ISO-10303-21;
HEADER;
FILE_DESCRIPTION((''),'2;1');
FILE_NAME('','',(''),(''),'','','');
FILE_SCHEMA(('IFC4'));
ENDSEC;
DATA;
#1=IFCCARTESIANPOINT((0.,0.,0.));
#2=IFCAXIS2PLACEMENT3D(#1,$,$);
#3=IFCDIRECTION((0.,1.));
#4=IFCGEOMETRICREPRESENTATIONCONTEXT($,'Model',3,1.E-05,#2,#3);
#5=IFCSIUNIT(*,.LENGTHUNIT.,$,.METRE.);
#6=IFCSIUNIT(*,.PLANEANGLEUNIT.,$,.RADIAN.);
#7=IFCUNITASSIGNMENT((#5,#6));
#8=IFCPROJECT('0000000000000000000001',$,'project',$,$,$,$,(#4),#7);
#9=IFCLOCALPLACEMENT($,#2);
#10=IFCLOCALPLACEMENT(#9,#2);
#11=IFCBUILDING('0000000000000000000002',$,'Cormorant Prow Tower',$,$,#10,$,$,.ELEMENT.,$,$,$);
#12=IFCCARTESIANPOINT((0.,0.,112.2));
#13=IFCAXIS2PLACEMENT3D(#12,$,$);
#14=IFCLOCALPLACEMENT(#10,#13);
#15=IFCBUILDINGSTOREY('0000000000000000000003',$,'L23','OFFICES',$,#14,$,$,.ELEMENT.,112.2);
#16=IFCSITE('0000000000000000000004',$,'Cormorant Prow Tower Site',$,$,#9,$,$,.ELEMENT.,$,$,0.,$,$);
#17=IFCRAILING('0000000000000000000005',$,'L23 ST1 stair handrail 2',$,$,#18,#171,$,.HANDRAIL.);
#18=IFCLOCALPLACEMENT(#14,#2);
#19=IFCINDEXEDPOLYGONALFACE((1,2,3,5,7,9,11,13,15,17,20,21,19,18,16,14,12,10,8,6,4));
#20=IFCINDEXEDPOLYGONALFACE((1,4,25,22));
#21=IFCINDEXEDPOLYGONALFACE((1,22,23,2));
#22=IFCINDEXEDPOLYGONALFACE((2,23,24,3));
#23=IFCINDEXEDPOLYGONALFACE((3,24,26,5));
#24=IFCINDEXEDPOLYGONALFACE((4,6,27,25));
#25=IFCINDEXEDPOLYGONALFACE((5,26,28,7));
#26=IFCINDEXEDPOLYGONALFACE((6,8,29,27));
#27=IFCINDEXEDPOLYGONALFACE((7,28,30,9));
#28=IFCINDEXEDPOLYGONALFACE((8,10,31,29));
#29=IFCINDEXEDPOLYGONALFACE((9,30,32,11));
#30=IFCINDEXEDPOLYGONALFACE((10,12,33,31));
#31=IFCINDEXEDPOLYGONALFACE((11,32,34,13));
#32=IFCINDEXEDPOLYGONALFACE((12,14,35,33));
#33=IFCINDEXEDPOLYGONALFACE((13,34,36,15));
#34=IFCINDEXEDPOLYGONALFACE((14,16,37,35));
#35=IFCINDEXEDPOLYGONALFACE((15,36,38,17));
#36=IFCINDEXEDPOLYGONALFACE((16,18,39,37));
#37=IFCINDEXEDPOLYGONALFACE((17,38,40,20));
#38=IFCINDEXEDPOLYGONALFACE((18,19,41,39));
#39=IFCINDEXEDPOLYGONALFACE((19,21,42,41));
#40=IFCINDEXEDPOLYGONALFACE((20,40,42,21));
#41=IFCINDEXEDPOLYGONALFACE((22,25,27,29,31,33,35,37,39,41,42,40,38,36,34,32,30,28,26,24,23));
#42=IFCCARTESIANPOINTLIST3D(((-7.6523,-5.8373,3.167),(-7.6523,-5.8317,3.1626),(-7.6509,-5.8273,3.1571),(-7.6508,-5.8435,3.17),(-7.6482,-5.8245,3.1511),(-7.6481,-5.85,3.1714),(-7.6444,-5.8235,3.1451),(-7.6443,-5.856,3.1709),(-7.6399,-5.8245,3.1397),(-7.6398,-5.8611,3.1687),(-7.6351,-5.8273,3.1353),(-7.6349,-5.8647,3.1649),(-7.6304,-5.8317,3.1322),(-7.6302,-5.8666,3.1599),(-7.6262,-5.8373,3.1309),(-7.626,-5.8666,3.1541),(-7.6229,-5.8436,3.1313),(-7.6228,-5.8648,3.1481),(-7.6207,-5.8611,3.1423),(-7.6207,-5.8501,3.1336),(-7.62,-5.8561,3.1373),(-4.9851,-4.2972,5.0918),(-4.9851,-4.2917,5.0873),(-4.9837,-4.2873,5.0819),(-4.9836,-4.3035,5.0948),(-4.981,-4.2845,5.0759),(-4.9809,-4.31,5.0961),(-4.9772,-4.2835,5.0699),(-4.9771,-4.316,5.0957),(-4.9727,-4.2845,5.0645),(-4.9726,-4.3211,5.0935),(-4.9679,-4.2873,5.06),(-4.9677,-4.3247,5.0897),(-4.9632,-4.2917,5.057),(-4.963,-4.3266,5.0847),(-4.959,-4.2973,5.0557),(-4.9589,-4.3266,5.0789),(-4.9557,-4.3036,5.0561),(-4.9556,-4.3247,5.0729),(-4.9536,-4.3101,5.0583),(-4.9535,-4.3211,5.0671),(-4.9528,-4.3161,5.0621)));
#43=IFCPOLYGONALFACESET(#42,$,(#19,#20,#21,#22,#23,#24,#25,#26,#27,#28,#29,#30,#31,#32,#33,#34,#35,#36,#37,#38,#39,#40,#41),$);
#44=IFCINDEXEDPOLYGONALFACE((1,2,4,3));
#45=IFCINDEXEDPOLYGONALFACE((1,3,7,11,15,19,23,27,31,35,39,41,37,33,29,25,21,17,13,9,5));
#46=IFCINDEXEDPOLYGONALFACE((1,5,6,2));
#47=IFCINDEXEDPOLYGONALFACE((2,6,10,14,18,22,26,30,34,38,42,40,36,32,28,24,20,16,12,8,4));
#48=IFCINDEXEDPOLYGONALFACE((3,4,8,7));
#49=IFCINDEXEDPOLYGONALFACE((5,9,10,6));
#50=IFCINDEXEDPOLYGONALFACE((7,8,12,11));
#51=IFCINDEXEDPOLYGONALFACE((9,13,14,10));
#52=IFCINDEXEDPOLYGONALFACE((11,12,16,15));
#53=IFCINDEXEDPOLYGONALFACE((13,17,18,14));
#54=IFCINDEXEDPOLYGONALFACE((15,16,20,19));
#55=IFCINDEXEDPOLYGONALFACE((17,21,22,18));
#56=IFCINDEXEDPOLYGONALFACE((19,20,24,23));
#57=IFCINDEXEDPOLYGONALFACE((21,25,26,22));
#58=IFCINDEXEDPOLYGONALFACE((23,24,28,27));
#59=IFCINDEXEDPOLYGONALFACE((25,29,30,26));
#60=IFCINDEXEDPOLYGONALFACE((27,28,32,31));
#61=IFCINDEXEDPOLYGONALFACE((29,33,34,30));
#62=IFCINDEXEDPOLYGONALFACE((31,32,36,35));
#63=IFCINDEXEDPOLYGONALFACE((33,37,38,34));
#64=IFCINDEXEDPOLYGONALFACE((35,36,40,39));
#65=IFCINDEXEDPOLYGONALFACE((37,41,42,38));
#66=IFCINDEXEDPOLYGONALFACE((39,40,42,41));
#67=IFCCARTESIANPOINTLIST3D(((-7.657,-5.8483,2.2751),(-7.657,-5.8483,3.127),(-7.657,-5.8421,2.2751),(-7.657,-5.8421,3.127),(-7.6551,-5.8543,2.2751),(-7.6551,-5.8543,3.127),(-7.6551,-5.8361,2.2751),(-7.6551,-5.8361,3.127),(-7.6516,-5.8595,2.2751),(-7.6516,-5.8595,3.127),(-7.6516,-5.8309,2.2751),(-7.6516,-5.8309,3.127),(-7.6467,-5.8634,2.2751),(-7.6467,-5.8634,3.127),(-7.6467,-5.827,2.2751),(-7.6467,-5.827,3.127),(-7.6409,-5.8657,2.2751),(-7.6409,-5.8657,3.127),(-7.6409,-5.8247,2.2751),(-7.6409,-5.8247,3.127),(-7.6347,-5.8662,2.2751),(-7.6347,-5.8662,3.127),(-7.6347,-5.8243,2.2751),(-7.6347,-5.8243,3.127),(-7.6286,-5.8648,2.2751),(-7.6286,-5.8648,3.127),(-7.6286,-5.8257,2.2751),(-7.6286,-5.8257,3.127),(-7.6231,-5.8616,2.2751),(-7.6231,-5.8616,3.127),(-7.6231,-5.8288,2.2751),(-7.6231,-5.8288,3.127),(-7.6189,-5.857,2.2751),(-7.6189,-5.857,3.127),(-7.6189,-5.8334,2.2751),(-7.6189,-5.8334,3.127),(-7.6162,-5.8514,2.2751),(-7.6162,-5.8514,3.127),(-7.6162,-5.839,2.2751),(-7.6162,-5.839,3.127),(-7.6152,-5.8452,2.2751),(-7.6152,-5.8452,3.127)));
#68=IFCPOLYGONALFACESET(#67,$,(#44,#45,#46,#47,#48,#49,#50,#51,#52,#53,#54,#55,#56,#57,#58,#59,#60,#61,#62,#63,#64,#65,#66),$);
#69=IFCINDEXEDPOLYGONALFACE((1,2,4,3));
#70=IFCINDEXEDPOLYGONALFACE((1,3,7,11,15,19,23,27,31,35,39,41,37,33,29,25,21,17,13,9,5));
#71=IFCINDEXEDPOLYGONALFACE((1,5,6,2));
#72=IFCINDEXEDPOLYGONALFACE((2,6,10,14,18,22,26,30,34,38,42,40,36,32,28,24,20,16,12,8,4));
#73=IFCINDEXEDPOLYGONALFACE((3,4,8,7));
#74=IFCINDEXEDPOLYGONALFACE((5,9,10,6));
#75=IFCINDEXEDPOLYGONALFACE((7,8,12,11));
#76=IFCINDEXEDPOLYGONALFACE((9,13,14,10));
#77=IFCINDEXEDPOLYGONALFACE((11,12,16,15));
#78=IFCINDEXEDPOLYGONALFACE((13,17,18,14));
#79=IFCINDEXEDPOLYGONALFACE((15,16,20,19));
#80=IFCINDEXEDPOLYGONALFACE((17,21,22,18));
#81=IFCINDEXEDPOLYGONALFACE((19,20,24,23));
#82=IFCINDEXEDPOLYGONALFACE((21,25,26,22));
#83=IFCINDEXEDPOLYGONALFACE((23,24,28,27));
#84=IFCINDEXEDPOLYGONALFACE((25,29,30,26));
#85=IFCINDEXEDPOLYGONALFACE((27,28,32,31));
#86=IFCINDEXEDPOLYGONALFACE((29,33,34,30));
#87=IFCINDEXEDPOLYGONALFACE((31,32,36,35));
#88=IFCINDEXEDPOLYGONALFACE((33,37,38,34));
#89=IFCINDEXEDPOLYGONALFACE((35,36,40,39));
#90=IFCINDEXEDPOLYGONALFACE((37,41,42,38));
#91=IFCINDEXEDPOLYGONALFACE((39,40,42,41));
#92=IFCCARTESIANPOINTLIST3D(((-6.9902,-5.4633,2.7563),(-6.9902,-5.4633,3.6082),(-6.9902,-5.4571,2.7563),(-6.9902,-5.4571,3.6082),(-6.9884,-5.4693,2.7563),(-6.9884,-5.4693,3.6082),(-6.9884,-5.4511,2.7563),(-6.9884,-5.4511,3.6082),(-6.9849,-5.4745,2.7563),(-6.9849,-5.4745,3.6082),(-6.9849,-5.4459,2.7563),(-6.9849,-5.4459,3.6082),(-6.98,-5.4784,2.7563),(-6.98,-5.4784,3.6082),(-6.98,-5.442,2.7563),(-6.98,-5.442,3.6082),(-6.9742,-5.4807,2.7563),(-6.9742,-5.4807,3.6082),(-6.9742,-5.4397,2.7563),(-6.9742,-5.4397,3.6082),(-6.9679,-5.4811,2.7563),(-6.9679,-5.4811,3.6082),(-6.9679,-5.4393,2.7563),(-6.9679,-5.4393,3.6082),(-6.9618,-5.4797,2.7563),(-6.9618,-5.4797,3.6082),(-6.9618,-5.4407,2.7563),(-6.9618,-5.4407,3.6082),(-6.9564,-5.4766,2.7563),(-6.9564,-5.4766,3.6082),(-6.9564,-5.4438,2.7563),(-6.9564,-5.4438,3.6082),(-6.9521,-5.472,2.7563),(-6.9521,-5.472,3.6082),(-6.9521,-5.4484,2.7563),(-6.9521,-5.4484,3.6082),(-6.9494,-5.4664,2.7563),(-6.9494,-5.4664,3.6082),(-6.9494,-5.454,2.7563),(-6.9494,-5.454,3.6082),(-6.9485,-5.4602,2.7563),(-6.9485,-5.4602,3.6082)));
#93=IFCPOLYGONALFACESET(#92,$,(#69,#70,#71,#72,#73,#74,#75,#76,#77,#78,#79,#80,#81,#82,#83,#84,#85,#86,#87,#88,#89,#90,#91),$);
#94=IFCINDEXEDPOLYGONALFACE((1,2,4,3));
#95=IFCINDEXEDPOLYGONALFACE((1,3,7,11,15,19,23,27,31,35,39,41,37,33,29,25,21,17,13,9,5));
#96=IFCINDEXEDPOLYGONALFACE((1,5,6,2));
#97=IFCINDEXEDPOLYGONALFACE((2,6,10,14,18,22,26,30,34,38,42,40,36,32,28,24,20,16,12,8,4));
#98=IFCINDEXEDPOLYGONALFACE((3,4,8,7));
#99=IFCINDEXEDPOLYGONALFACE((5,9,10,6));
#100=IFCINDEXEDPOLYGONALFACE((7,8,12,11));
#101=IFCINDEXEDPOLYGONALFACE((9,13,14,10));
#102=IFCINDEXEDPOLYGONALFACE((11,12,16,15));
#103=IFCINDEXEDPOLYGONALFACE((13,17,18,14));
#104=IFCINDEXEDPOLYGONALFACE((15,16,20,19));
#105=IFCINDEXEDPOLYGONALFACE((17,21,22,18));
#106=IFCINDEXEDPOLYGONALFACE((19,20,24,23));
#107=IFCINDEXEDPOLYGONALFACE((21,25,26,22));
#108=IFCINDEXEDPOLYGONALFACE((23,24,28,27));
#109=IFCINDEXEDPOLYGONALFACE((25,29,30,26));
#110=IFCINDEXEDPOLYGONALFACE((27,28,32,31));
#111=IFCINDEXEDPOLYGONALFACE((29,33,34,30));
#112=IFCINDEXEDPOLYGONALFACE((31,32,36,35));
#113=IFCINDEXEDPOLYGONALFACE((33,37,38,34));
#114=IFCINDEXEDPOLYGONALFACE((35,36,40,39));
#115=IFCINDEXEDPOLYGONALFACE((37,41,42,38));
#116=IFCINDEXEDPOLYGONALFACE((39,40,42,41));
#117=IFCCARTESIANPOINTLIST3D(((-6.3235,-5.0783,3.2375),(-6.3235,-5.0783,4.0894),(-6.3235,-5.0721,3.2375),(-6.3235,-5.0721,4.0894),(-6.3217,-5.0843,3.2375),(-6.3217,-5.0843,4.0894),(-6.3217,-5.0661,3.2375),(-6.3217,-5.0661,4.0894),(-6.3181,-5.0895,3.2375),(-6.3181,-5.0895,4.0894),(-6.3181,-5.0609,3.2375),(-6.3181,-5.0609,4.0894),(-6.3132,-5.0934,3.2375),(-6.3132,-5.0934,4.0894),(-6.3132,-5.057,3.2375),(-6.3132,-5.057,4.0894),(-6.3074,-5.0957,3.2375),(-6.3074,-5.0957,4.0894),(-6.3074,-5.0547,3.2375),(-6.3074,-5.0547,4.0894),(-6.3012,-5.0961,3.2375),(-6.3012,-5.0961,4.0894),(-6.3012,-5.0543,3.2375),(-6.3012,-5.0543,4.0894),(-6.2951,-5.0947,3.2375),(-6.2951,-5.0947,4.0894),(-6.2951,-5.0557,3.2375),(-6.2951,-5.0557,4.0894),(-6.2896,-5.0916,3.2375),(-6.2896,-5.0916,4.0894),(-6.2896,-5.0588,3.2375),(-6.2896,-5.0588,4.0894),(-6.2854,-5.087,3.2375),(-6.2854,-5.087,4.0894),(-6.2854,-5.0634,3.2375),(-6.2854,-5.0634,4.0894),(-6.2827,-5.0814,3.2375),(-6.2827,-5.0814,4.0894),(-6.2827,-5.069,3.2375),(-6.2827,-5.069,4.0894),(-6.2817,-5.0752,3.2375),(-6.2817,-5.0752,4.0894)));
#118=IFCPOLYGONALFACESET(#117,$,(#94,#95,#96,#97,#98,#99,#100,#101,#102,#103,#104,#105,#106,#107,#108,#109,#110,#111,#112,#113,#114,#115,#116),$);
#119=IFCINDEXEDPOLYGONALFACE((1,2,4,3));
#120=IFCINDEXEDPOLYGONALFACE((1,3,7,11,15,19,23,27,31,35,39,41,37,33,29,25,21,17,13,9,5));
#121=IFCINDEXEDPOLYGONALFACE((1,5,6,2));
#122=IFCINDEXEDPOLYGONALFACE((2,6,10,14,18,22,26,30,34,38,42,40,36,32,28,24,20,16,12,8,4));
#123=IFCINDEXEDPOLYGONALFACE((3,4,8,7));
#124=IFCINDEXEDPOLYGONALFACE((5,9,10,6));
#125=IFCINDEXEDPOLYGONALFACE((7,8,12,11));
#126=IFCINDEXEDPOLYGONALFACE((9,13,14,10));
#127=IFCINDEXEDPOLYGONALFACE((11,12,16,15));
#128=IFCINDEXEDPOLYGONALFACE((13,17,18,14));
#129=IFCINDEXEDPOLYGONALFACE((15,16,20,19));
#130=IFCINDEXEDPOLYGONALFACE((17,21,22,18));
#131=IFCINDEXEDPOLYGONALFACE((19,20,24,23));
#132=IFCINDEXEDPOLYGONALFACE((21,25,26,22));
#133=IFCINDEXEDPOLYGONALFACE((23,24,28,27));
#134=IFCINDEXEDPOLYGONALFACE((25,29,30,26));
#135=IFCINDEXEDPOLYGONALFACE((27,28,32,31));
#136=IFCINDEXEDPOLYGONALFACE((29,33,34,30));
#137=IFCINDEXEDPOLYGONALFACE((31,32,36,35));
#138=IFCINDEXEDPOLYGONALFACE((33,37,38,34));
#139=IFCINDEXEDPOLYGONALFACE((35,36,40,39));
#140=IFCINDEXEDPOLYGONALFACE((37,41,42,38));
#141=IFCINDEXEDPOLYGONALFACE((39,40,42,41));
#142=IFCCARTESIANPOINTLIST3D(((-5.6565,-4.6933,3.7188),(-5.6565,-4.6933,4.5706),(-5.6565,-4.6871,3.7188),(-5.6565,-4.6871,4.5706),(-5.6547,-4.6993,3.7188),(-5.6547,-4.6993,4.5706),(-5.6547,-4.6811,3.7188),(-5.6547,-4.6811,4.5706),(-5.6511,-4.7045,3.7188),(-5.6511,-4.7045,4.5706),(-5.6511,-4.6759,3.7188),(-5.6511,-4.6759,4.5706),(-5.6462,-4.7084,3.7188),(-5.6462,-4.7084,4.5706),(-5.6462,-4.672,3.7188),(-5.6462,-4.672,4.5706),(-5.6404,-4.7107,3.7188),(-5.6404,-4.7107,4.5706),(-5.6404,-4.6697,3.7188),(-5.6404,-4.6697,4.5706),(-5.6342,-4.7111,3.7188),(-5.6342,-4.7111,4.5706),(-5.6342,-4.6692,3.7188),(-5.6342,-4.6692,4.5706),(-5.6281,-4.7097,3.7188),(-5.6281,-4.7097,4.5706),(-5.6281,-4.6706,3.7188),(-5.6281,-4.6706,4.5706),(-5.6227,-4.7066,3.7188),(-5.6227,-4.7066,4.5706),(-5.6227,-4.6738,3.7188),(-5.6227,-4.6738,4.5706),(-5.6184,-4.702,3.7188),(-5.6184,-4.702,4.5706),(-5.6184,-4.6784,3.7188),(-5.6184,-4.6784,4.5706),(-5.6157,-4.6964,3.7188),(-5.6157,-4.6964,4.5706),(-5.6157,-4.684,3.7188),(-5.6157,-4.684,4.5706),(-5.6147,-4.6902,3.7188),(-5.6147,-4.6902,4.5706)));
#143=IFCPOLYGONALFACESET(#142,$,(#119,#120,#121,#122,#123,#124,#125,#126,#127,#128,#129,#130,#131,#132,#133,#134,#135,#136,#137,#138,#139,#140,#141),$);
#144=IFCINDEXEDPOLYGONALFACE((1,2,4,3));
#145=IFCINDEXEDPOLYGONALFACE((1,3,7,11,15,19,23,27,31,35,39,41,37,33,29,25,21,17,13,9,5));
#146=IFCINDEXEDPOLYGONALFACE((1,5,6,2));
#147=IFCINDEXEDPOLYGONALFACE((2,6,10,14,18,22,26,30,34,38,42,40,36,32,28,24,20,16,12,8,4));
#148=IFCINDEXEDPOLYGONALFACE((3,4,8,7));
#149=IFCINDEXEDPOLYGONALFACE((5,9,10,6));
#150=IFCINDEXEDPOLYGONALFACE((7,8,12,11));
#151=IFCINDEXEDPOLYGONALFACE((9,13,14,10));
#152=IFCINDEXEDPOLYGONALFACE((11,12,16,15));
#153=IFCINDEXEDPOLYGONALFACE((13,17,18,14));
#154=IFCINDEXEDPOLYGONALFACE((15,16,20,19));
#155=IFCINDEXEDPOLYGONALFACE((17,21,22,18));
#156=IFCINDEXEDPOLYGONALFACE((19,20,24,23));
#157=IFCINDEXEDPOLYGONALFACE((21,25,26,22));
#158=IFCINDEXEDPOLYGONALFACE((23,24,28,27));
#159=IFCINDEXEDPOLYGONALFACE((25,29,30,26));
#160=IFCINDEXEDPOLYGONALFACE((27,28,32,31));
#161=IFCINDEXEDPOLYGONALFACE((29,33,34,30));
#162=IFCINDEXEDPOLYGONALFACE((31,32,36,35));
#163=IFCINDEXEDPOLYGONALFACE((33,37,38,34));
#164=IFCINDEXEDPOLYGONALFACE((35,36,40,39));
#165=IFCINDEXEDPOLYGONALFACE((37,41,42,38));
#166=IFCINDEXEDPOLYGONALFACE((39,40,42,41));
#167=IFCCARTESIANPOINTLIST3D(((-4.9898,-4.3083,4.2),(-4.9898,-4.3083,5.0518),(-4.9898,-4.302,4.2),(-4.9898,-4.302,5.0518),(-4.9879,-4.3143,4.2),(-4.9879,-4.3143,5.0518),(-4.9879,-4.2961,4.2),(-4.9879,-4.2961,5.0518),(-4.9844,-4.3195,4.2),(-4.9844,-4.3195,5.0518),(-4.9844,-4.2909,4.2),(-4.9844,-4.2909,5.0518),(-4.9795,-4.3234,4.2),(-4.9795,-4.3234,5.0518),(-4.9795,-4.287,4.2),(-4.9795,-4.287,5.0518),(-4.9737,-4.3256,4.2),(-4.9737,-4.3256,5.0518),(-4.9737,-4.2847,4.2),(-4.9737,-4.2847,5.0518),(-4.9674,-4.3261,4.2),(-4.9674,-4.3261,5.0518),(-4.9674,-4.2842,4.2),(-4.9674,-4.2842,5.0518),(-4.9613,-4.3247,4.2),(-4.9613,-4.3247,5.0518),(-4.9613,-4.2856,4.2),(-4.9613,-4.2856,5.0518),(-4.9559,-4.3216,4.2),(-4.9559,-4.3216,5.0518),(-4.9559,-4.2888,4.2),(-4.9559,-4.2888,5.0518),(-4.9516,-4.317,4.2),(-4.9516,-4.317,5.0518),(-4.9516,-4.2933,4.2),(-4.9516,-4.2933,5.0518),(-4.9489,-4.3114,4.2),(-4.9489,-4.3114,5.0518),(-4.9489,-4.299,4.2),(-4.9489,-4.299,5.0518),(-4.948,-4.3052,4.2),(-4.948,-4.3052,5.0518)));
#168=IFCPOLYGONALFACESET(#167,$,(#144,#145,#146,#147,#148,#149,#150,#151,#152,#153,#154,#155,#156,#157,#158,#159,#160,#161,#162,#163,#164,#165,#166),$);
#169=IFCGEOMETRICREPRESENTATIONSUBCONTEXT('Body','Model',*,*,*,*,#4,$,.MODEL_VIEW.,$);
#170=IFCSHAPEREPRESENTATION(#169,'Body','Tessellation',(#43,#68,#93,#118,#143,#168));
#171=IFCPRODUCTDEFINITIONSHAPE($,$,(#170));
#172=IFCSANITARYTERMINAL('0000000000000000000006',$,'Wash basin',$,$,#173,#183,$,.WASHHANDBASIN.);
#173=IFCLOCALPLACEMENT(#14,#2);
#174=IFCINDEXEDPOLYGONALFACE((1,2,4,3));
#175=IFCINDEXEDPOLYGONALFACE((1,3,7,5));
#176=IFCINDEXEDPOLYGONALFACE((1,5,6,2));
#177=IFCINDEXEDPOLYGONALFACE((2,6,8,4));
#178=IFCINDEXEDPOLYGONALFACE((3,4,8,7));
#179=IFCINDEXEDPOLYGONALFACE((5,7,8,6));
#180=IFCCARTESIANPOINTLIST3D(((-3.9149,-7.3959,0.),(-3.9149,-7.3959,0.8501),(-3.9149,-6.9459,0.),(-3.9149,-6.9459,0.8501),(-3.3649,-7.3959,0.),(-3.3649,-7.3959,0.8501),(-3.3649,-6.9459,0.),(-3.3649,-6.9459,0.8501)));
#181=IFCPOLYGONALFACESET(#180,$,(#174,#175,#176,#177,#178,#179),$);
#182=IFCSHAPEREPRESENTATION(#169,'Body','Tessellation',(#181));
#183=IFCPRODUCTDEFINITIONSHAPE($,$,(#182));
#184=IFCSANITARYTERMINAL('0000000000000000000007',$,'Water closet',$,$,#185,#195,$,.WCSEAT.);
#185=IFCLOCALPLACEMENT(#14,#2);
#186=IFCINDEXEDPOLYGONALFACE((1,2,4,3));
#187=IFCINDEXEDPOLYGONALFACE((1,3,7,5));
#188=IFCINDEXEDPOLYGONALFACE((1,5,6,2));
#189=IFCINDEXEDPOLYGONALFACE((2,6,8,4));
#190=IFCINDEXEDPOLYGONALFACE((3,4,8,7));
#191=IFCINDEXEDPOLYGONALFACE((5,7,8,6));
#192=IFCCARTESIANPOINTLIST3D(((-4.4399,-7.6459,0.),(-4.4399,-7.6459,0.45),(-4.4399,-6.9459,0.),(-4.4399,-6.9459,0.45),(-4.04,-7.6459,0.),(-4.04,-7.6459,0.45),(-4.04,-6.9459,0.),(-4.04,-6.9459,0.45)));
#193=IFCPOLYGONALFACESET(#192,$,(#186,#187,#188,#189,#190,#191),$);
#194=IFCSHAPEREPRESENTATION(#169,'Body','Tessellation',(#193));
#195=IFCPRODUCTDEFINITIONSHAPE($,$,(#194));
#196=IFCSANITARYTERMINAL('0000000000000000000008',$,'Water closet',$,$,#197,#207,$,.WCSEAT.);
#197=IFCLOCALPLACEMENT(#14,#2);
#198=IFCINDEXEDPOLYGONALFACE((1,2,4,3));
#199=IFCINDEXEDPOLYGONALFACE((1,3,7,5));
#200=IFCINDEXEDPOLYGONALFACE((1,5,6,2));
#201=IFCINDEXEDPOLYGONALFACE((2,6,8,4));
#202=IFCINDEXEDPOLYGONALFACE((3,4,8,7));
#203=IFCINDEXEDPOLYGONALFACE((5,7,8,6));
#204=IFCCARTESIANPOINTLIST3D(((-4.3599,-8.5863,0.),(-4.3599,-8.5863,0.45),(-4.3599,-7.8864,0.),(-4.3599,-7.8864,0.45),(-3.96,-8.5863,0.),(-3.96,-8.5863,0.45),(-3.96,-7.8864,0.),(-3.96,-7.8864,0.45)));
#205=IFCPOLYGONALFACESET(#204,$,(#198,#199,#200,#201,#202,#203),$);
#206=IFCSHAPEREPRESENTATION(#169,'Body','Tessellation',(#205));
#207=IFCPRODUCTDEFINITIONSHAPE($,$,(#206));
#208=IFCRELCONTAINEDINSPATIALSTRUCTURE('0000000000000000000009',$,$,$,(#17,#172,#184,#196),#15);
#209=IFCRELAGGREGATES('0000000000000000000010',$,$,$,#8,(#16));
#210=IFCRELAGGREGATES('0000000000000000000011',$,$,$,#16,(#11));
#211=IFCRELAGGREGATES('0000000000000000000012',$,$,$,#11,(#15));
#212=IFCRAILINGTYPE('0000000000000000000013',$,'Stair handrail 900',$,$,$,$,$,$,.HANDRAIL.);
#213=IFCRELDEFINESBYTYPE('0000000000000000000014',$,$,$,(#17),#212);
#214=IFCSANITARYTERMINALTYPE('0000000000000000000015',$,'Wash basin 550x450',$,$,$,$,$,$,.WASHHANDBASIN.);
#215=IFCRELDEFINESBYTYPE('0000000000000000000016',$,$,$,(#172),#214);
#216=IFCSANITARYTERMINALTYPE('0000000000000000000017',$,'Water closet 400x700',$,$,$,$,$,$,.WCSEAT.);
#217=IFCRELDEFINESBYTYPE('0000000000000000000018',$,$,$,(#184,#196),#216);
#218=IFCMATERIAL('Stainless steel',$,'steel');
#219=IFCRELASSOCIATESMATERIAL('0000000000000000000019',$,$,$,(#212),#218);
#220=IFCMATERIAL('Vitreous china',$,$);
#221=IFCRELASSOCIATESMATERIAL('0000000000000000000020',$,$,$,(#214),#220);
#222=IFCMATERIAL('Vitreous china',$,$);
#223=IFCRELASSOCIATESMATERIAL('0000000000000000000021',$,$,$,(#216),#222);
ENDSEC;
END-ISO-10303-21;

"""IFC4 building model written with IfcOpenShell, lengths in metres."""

from ifc_helpers import new_model, si_unit, direction, frame, origin, origin_2d, place, context, subcontext, project, spatial, rectangle, circle, extrude, material, type_object, element, save


model = new_model("IFC4")

# Units and contexts
model_context = context("Model", 3, precision=1e-05, world=origin(), true_north=direction((0.0, 1.0)))
body_context = subcontext(model_context, "Body", "Model", "MODEL_VIEW")
ifc_project = project(units=[si_unit("LENGTHUNIT", "METRE"), si_unit("PLANEANGLEUNIT", "RADIAN")], contexts=[model_context])

# Site, building, storey
site_placement = place(None, origin())
site = spatial("IfcSite", under=ifc_project, at=site_placement, Name="Cormorant Prow Tower Site", CompositionType="ELEMENT", RefElevation=0.0)
building_placement = place(site_placement, origin())
building = spatial("IfcBuilding", under=site, at=building_placement, Name="Cormorant Prow Tower", CompositionType="ELEMENT")
storey_placement = place(building_placement, frame((0.0, 0.0, 112.2)))
storey = spatial("IfcBuildingStorey", under=building, at=storey_placement, Name="L23", Description="OFFICES", CompositionType="ELEMENT", Elevation=112.2)

# Railing
ifc_material_1 = material(Name="Stainless steel", Category="steel")
railing_type_1 = type_object("IfcRailingType", Name="Stair handrail 900", PredefinedType="HANDRAIL", material=ifc_material_1)
railing_1_placement = place(storey_placement, frame((-7.6362, -5.8452, 2.2751)))
element("IfcRailing", 1, at=railing_1_placement, inside=storey, type_object=railing_type_1, Name="L23 ST1 stair handrail 2", PredefinedType="HANDRAIL", context=body_context, shape_type="SweptSolid", body=[
    extrude(circle(Radius=0.0239, at=origin_2d()), frame((0.0, 0.0, 0.876), z_axis=(0.73439, 0.424031, 0.529971), x_axis=(-0.500027, 0.86601, 0.0)), (0.0, 0.0, 1.0), 3.6318),
    extrude(circle(Radius=0.021, at=origin_2d()), origin(), (0.0, 0.0, 1.0), 0.8518),
    extrude(circle(Radius=0.021, at=origin_2d()), frame((0.6667, 0.385, 0.4812)), (0.0, 0.0, 1.0), 0.8518),
    extrude(circle(Radius=0.021, at=origin_2d()), frame((1.3335, 0.77, 0.9624)), (0.0, 0.0, 1.0), 0.8518),
    extrude(circle(Radius=0.021, at=origin_2d()), frame((2.0005, 1.155, 1.4436)), (0.0, 0.0, 1.0), 0.8518),
    extrude(circle(Radius=0.021, at=origin_2d()), frame((2.6672, 1.54, 1.9248)), (0.0, 0.0, 1.0), 0.8518),
])

# Sanitary terminals
ifc_material_2 = material(Name="Vitreous china")
sanitary_terminal_type_1 = type_object("IfcSanitaryTerminalType", Name="Wash basin 550x450", PredefinedType="WASHHANDBASIN", material=ifc_material_2)
sanitary_terminal_placement = place(storey_placement, frame((-3.6399, -7.1709, 0.0), z_axis=(0.0, 0.0, 1.0), x_axis=(-1.0, 0.0, 0.0)))
element("IfcSanitaryTerminal", 2, at=sanitary_terminal_placement, inside=storey, type_object=sanitary_terminal_type_1, Name="Wash basin", PredefinedType="WASHHANDBASIN", context=body_context, shape_type="SweptSolid", body=[
    extrude(rectangle(XDim=0.55, YDim=0.45, at=origin_2d()), origin(), (0.0, 0.0, 1.0), 0.8501),
])
ifc_material_3 = material(Name="Vitreous china")
sanitary_terminal_type_2 = type_object("IfcSanitaryTerminalType", Name="Water closet 400x700", PredefinedType="WCSEAT", material=ifc_material_3)
for number, where, z_axis, x_axis, name in (
    (3, (-4.24, -7.2959, 0.0), (0.0, 0.0, 1.0), (-1.0, 0.0, 0.0), "Water closet"),
    (4, (-4.1599, -8.2363, 0.0), (0.0, 0.0, 1.0), (1.0, 0.0, 0.0), "Water closet"),
):
    element("IfcSanitaryTerminal", number, at=place(storey_placement, frame(where, z_axis=z_axis, x_axis=x_axis)), inside=storey, type_object=sanitary_terminal_type_2, Name=name, PredefinedType="WCSEAT", context=body_context, shape_type="SweptSolid", body=[
        extrude(rectangle(XDim=0.3999, YDim=0.7, at=origin_2d()), origin(), (0.0, 0.0, 1.0), 0.45),
    ])

save(model, "model.ifc")
